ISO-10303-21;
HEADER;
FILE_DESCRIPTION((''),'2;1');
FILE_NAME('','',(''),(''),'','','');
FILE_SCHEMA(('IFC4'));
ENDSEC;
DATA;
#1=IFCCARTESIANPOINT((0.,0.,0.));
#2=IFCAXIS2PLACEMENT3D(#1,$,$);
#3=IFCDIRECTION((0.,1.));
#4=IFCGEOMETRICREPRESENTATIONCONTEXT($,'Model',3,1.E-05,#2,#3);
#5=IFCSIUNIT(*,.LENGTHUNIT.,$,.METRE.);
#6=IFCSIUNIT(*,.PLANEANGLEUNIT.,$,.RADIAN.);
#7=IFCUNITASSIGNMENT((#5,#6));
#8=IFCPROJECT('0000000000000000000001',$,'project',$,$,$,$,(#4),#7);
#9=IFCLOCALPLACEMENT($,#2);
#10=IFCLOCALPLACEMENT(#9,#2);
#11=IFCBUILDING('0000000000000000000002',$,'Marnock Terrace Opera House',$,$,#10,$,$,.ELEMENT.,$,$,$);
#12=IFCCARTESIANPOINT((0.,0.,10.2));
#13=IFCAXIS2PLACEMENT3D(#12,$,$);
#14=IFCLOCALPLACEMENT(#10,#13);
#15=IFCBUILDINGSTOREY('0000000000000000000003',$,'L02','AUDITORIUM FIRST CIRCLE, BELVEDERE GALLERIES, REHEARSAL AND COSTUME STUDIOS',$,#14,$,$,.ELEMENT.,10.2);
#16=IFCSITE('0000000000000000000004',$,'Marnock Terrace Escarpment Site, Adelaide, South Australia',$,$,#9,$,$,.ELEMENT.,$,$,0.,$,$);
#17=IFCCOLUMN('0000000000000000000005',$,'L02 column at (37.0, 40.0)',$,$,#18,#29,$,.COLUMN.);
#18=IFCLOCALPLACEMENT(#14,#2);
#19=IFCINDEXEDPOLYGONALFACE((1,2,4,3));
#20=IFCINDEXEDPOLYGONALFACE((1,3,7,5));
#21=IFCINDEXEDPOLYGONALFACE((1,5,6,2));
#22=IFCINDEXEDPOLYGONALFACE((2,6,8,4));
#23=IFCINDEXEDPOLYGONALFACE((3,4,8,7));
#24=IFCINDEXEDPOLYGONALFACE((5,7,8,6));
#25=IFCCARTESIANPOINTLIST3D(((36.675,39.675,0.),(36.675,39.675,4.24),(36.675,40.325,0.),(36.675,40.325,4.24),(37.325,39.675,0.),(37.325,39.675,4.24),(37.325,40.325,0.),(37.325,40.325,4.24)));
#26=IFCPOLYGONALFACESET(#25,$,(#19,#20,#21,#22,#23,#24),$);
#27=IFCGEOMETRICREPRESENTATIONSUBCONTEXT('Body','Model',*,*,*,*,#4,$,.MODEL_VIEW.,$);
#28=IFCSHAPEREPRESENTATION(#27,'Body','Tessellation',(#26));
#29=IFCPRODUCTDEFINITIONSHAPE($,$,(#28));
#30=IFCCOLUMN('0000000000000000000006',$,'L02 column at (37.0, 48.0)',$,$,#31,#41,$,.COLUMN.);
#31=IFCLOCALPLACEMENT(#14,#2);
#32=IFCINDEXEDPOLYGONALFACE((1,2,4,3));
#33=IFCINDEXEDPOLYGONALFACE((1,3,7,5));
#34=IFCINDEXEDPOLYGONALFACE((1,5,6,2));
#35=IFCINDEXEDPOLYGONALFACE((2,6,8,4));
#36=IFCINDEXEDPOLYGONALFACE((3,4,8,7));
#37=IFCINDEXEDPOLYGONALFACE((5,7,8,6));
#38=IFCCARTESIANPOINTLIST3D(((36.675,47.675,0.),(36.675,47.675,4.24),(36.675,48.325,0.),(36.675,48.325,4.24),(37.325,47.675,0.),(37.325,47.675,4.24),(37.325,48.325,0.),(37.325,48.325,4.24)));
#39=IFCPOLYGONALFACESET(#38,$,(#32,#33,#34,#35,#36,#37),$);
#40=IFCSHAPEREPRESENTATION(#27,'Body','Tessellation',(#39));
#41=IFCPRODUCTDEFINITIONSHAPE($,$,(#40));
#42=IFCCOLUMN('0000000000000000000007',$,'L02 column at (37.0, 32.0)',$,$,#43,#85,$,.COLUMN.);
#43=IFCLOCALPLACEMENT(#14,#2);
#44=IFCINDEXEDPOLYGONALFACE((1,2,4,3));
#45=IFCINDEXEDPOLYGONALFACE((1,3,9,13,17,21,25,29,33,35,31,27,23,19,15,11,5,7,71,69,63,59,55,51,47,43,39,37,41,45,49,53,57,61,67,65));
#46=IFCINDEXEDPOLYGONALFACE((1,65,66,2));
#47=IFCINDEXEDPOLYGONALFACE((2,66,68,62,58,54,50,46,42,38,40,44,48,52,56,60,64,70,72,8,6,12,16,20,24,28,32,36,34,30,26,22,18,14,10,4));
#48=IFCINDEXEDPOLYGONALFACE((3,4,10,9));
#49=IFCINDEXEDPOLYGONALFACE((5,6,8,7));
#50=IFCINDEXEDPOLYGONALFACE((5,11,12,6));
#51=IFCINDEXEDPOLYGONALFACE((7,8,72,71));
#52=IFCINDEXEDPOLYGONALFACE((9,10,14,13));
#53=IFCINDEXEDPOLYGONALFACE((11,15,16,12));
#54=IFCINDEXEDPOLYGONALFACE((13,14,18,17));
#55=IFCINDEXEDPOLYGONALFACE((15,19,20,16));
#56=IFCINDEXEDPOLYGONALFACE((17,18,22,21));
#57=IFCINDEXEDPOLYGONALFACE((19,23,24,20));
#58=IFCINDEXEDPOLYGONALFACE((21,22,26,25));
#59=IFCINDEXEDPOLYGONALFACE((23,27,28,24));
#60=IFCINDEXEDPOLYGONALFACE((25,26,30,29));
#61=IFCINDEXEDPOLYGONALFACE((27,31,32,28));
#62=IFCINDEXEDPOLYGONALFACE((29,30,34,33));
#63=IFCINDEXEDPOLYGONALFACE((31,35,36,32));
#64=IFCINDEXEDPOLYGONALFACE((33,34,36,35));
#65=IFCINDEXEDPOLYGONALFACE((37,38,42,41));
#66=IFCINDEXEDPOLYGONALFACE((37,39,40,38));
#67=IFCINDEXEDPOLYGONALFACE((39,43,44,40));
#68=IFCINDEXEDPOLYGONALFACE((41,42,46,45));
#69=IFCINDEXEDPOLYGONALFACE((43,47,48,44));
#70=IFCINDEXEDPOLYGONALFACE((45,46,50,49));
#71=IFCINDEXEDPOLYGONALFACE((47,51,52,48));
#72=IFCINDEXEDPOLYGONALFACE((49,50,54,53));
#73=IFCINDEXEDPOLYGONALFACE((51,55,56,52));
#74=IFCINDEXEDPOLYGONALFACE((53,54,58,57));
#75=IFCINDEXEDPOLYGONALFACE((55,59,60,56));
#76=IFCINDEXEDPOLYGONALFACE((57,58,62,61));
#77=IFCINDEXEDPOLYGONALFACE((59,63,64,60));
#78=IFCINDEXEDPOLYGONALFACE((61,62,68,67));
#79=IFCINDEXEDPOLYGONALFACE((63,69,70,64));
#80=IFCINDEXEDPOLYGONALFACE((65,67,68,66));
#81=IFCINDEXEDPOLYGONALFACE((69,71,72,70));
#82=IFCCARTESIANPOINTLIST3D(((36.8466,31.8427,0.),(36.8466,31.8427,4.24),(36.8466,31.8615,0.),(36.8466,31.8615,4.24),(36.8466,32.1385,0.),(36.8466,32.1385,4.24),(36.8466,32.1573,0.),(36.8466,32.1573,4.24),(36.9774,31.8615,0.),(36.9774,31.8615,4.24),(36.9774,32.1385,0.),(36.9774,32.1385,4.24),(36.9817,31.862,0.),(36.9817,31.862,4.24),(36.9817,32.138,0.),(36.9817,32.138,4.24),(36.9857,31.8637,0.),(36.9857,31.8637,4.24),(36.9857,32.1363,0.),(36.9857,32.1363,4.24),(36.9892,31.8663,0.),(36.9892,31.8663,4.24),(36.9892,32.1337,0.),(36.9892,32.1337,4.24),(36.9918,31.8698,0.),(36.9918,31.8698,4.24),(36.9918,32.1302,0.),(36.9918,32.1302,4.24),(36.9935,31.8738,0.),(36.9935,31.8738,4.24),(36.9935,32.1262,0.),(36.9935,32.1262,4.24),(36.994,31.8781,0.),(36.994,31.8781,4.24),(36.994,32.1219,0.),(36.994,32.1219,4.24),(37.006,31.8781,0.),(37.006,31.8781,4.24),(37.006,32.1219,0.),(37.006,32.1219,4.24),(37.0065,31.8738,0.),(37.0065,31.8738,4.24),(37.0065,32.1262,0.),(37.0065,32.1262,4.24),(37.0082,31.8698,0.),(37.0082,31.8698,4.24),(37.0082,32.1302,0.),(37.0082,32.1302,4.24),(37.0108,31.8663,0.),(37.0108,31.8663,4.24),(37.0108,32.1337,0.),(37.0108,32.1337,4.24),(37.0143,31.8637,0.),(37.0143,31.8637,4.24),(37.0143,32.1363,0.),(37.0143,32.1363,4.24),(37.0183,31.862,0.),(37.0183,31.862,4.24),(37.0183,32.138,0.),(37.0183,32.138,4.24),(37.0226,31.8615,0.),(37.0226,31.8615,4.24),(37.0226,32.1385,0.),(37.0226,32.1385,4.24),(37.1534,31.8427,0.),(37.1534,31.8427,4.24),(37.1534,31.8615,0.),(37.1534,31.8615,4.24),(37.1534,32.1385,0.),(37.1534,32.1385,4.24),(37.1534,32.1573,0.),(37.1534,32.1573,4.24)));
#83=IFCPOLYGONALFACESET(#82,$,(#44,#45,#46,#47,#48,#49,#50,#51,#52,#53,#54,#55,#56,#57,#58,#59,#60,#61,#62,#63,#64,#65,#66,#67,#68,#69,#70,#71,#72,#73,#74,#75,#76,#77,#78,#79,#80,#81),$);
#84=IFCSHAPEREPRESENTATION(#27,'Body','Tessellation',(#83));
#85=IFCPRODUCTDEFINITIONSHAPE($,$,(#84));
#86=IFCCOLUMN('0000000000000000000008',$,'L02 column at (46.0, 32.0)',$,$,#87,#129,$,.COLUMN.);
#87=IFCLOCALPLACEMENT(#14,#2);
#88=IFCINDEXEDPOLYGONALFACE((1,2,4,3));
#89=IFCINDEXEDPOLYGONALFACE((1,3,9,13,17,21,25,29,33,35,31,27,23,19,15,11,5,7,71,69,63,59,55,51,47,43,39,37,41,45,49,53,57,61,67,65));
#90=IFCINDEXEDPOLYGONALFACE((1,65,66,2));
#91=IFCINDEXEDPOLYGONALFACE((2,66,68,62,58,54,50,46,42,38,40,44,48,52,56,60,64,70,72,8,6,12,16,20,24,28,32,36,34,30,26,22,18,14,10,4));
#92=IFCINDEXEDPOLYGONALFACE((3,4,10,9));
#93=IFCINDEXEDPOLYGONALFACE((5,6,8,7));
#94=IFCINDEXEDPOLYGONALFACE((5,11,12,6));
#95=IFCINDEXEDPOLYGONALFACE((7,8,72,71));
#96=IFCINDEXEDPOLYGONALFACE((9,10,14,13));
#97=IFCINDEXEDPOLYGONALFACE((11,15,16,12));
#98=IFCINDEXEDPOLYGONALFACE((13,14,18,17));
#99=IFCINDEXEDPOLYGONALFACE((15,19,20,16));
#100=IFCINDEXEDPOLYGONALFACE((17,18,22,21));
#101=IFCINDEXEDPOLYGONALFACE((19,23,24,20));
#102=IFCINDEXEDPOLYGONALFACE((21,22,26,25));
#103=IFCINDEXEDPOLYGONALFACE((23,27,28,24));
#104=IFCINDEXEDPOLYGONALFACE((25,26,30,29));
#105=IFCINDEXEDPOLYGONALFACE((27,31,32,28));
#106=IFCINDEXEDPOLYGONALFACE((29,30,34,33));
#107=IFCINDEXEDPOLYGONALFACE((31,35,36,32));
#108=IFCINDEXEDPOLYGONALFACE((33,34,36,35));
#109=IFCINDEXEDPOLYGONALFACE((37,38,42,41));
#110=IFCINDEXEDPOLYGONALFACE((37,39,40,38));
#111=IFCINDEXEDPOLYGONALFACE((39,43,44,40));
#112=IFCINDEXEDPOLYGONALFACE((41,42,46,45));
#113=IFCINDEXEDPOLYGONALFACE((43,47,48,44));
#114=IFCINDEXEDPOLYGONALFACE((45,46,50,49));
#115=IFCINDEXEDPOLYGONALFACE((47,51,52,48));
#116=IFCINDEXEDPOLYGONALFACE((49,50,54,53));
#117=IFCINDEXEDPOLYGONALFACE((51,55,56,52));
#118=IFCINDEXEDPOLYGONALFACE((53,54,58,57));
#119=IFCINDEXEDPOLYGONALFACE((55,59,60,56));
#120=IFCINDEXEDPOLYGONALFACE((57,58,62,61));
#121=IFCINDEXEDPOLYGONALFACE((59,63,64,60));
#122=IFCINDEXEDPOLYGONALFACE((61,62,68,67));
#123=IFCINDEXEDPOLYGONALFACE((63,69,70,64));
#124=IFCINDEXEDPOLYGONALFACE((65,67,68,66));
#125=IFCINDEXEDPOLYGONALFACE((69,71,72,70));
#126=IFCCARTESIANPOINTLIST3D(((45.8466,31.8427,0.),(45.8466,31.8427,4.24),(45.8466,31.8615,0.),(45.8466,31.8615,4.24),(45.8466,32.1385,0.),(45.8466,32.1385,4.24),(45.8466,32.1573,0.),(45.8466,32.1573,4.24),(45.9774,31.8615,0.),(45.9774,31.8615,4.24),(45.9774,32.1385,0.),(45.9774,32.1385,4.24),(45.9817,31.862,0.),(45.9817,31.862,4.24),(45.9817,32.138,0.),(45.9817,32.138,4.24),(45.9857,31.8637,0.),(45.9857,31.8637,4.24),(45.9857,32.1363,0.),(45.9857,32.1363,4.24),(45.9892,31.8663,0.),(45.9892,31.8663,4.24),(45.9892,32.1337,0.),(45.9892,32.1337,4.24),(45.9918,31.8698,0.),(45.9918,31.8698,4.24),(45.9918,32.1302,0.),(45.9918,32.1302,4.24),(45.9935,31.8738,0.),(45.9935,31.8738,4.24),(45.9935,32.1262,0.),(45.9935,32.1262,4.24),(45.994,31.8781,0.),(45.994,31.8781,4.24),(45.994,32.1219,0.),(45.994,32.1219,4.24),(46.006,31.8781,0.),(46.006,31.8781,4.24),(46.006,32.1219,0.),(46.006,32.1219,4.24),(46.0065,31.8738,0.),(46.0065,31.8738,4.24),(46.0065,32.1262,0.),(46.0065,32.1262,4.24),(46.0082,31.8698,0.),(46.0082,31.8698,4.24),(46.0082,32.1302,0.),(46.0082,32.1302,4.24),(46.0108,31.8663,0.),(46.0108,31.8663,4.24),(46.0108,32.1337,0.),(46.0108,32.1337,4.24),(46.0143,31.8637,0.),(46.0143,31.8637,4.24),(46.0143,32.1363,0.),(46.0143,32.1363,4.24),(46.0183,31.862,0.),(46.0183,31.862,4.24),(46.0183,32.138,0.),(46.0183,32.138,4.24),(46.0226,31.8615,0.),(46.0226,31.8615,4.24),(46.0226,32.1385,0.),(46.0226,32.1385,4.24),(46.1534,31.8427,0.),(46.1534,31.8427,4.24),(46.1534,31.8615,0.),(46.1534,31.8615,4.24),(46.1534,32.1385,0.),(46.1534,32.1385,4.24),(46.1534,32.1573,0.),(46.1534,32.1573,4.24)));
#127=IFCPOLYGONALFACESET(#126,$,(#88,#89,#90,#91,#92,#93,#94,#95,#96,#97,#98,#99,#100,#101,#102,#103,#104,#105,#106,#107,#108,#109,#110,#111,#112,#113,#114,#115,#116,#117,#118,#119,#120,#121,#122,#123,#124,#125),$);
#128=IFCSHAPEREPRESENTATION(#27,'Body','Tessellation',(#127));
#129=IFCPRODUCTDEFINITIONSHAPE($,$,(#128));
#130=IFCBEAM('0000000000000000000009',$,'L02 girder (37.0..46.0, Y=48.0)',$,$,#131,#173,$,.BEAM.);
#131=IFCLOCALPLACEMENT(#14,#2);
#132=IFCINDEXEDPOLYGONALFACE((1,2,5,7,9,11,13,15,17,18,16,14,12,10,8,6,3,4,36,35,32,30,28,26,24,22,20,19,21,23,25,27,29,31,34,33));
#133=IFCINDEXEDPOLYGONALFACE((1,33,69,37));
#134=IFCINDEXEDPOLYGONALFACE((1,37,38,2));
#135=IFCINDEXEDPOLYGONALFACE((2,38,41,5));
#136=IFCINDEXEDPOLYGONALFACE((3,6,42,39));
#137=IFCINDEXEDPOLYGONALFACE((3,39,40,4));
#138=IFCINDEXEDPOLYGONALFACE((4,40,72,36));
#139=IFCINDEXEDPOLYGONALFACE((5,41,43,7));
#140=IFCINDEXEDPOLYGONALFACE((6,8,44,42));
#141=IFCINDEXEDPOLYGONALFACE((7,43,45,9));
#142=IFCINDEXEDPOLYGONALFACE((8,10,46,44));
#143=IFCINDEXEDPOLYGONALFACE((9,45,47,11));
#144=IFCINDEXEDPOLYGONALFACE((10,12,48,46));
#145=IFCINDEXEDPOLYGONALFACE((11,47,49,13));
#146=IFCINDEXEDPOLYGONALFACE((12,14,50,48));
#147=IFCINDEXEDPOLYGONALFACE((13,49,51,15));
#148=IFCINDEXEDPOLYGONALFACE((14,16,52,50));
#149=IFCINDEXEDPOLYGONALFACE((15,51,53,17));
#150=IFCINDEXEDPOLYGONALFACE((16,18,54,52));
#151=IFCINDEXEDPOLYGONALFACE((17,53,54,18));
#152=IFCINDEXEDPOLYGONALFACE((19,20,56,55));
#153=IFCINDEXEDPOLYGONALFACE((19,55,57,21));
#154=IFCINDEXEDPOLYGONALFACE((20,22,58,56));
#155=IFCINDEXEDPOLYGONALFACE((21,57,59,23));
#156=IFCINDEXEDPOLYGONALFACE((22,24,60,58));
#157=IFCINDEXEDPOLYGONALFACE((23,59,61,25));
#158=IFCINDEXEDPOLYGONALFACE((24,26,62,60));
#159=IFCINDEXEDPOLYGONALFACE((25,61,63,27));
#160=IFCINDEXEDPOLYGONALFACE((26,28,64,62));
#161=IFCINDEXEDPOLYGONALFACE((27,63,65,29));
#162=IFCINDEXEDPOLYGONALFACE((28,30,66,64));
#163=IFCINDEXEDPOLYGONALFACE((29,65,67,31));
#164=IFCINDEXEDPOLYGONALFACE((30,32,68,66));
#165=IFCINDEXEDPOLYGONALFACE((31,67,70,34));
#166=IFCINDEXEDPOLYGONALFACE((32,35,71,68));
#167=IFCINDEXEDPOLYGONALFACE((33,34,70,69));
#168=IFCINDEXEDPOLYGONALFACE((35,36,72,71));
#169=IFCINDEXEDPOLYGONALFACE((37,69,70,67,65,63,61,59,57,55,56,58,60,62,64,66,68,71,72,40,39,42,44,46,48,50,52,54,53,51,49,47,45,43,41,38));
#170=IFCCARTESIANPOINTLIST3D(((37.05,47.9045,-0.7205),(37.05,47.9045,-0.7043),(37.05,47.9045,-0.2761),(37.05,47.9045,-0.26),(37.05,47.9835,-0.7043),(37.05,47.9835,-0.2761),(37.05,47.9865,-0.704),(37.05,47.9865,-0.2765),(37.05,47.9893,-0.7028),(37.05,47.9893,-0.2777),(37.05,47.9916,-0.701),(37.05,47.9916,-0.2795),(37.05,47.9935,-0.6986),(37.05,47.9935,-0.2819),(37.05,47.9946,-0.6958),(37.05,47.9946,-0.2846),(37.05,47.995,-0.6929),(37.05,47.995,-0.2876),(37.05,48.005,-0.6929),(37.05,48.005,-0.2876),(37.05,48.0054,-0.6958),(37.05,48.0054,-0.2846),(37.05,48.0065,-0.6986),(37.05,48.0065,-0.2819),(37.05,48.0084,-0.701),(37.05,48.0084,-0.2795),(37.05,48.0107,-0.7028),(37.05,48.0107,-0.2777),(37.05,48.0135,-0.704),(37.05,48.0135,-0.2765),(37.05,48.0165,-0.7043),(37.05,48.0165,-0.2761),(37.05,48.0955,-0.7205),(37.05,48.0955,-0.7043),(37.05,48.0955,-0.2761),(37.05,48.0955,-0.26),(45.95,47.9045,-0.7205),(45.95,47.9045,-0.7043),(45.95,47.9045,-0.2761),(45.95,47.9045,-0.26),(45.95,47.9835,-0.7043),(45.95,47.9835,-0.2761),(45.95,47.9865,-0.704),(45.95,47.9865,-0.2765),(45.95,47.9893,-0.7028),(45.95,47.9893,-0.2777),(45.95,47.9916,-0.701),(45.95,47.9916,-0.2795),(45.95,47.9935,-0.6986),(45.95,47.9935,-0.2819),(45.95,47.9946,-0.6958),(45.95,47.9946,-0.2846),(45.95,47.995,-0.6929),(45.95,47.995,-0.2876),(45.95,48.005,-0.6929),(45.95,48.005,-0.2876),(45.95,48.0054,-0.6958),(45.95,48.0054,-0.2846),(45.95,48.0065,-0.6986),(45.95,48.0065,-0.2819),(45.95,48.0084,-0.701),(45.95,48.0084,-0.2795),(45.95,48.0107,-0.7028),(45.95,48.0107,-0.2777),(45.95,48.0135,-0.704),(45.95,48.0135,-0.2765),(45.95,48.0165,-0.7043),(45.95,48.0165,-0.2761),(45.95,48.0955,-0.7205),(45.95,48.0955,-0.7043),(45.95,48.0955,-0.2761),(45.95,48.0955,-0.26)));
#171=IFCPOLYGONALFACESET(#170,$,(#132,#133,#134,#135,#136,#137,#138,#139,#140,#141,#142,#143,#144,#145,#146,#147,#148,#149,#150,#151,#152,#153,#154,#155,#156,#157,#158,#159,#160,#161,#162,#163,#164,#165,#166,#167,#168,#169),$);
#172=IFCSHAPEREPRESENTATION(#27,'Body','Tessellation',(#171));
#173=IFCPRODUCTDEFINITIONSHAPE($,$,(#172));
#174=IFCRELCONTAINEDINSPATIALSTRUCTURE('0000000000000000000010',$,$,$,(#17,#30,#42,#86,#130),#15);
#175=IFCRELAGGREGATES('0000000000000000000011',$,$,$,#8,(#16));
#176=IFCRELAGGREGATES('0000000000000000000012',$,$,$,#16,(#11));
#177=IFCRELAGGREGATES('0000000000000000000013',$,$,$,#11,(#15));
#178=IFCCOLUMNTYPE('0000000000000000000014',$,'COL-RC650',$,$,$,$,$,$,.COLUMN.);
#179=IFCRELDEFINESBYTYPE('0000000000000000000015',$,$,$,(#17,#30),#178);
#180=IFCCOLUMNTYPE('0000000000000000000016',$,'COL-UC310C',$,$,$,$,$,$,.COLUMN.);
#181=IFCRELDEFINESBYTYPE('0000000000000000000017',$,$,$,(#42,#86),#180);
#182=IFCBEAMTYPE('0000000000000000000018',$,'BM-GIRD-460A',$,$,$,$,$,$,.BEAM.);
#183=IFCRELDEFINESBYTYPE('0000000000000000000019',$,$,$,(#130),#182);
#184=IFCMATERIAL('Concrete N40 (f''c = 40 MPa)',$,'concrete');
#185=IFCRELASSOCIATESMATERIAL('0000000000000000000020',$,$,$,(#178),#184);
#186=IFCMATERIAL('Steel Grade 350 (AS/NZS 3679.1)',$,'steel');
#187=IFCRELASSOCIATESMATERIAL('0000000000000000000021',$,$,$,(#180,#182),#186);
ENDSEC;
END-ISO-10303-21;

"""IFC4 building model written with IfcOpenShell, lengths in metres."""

from ifc_helpers import new_model, si_unit, direction, frame, origin, origin_2d, place, context, subcontext, project, spatial, rectangle, i_section, extrude, material, material_profile, profile_set, type_object, element, save


model = new_model("IFC4")

# Units and contexts
model_context = context("Model", 3, precision=1e-05, world=origin(), true_north=direction((0.0, 1.0)))
body_context = subcontext(model_context, "Body", "Model", "MODEL_VIEW")
ifc_project = project(units=[si_unit("LENGTHUNIT", "METRE"), si_unit("PLANEANGLEUNIT", "RADIAN")], contexts=[model_context])

# Site, building, storey
site_placement = place(None, origin())
site = spatial("IfcSite", under=ifc_project, at=site_placement, Name="Marnock Terrace Escarpment Site, Adelaide, South Australia", CompositionType="ELEMENT", RefElevation=0.0)
building_placement = place(site_placement, origin())
building = spatial("IfcBuilding", under=site, at=building_placement, Name="Marnock Terrace Opera House", CompositionType="ELEMENT")
storey_placement = place(building_placement, frame((0.0, 0.0, 10.2)))
storey = spatial("IfcBuildingStorey", under=building, at=storey_placement, Name="L02", Description="AUDITORIUM FIRST CIRCLE, BELVEDERE GALLERIES, REHEARSAL AND COSTUME STUDIOS", CompositionType="ELEMENT", Elevation=10.2)

# Columns
ifc_material_1 = material(Name="Concrete N40 (f'c = 40 MPa)", Category="concrete")
ifc_material_profile_1 = material_profile(ifc_material_1, rectangle(XDim=0.6499, YDim=0.6499, at=origin_2d()))
ifc_profile_set_1 = profile_set([ifc_material_profile_1], Name="Concrete N40 (f'c = 40 MPa)")
column_type_1 = type_object("IfcColumnType", Name="COL-RC650", PredefinedType="COLUMN", material=ifc_profile_set_1)
for number, where, z_axis, x_axis, name in (
    (1, (37.0, 40.0, 0.0), (0.0, 0.0, 1.0), (1.0, 0.0, 0.0), "L02 column at (37.0, 40.0)"),
    (2, (37.0, 48.0, 0.0), (0.0, 0.0, 1.0), (1.0, 0.0, 0.0), "L02 column at (37.0, 48.0)"),
):
    element("IfcColumn", number, at=place(storey_placement, frame(where, z_axis=z_axis, x_axis=x_axis)), inside=storey, type_object=column_type_1, Name=name, PredefinedType="COLUMN", context=body_context, shape_type="SweptSolid", body=[
        extrude(rectangle(XDim=0.6499, YDim=0.6499, at=origin_2d()), origin(), (0.0, 0.0, 1.0), 4.24),
    ])
ifc_material_2 = material(Name="Steel Grade 350 (AS/NZS 3679.1)", Category="steel")
ifc_material_profile_2 = material_profile(ifc_material_2, i_section(OverallWidth=0.3069, OverallDepth=0.3147, WebThickness=0.012, FlangeThickness=0.0188, FilletRadius=0.0166, at=origin_2d()))
ifc_profile_set_2 = profile_set([ifc_material_profile_2], Name="Steel Grade 350 (AS/NZS 3679.1)")
column_type_2 = type_object("IfcColumnType", Name="COL-UC310C", PredefinedType="COLUMN", material=ifc_profile_set_2)
for number, where, z_axis, x_axis, name in (
    (3, (37.0, 32.0, 0.0), (0.0, 0.0, 1.0), (1.0, 0.0, 0.0), "L02 column at (37.0, 32.0)"),
    (4, (46.0, 32.0, 0.0), (0.0, 0.0, 1.0), (1.0, 0.0, 0.0), "L02 column at (46.0, 32.0)"),
):
    element("IfcColumn", number, at=place(storey_placement, frame(where, z_axis=z_axis, x_axis=x_axis)), inside=storey, type_object=column_type_2, Name=name, PredefinedType="COLUMN", context=body_context, shape_type="SweptSolid", body=[
        extrude(i_section(OverallWidth=0.3069, OverallDepth=0.3147, WebThickness=0.012, FlangeThickness=0.0188, FilletRadius=0.0166, at=origin_2d()), origin(), (0.0, 0.0, 1.0), 4.24),
    ])

# Beam
ifc_material_profile_3 = material_profile(ifc_material_2, i_section(OverallWidth=0.1909, OverallDepth=0.4604, WebThickness=0.01, FlangeThickness=0.0161, FilletRadius=0.0115, at=origin_2d()))
ifc_profile_set_3 = profile_set([ifc_material_profile_3], Name="Steel Grade 350 (AS/NZS 3679.1)")
beam_type_1 = type_object("IfcBeamType", Name="BM-GIRD-460A", PredefinedType="BEAM", material=ifc_profile_set_3)
beam_1_placement = place(storey_placement, frame((37.05, 48.0, -0.4902), z_axis=(1.0, 0.0, 0.0), x_axis=(0.0, 1.0, 0.0)))
element("IfcBeam", 5, at=beam_1_placement, inside=storey, type_object=beam_type_1, Name="L02 girder (37.0..46.0, Y=48.0)", PredefinedType="BEAM", context=body_context, shape_type="SweptSolid", body=[
    extrude(i_section(OverallWidth=0.1909, OverallDepth=0.4604, WebThickness=0.01, FlangeThickness=0.0161, FilletRadius=0.0115, at=origin_2d()), origin(), (0.0, 0.0, 1.0), 8.8999),
])

save(model, "model.ifc")
